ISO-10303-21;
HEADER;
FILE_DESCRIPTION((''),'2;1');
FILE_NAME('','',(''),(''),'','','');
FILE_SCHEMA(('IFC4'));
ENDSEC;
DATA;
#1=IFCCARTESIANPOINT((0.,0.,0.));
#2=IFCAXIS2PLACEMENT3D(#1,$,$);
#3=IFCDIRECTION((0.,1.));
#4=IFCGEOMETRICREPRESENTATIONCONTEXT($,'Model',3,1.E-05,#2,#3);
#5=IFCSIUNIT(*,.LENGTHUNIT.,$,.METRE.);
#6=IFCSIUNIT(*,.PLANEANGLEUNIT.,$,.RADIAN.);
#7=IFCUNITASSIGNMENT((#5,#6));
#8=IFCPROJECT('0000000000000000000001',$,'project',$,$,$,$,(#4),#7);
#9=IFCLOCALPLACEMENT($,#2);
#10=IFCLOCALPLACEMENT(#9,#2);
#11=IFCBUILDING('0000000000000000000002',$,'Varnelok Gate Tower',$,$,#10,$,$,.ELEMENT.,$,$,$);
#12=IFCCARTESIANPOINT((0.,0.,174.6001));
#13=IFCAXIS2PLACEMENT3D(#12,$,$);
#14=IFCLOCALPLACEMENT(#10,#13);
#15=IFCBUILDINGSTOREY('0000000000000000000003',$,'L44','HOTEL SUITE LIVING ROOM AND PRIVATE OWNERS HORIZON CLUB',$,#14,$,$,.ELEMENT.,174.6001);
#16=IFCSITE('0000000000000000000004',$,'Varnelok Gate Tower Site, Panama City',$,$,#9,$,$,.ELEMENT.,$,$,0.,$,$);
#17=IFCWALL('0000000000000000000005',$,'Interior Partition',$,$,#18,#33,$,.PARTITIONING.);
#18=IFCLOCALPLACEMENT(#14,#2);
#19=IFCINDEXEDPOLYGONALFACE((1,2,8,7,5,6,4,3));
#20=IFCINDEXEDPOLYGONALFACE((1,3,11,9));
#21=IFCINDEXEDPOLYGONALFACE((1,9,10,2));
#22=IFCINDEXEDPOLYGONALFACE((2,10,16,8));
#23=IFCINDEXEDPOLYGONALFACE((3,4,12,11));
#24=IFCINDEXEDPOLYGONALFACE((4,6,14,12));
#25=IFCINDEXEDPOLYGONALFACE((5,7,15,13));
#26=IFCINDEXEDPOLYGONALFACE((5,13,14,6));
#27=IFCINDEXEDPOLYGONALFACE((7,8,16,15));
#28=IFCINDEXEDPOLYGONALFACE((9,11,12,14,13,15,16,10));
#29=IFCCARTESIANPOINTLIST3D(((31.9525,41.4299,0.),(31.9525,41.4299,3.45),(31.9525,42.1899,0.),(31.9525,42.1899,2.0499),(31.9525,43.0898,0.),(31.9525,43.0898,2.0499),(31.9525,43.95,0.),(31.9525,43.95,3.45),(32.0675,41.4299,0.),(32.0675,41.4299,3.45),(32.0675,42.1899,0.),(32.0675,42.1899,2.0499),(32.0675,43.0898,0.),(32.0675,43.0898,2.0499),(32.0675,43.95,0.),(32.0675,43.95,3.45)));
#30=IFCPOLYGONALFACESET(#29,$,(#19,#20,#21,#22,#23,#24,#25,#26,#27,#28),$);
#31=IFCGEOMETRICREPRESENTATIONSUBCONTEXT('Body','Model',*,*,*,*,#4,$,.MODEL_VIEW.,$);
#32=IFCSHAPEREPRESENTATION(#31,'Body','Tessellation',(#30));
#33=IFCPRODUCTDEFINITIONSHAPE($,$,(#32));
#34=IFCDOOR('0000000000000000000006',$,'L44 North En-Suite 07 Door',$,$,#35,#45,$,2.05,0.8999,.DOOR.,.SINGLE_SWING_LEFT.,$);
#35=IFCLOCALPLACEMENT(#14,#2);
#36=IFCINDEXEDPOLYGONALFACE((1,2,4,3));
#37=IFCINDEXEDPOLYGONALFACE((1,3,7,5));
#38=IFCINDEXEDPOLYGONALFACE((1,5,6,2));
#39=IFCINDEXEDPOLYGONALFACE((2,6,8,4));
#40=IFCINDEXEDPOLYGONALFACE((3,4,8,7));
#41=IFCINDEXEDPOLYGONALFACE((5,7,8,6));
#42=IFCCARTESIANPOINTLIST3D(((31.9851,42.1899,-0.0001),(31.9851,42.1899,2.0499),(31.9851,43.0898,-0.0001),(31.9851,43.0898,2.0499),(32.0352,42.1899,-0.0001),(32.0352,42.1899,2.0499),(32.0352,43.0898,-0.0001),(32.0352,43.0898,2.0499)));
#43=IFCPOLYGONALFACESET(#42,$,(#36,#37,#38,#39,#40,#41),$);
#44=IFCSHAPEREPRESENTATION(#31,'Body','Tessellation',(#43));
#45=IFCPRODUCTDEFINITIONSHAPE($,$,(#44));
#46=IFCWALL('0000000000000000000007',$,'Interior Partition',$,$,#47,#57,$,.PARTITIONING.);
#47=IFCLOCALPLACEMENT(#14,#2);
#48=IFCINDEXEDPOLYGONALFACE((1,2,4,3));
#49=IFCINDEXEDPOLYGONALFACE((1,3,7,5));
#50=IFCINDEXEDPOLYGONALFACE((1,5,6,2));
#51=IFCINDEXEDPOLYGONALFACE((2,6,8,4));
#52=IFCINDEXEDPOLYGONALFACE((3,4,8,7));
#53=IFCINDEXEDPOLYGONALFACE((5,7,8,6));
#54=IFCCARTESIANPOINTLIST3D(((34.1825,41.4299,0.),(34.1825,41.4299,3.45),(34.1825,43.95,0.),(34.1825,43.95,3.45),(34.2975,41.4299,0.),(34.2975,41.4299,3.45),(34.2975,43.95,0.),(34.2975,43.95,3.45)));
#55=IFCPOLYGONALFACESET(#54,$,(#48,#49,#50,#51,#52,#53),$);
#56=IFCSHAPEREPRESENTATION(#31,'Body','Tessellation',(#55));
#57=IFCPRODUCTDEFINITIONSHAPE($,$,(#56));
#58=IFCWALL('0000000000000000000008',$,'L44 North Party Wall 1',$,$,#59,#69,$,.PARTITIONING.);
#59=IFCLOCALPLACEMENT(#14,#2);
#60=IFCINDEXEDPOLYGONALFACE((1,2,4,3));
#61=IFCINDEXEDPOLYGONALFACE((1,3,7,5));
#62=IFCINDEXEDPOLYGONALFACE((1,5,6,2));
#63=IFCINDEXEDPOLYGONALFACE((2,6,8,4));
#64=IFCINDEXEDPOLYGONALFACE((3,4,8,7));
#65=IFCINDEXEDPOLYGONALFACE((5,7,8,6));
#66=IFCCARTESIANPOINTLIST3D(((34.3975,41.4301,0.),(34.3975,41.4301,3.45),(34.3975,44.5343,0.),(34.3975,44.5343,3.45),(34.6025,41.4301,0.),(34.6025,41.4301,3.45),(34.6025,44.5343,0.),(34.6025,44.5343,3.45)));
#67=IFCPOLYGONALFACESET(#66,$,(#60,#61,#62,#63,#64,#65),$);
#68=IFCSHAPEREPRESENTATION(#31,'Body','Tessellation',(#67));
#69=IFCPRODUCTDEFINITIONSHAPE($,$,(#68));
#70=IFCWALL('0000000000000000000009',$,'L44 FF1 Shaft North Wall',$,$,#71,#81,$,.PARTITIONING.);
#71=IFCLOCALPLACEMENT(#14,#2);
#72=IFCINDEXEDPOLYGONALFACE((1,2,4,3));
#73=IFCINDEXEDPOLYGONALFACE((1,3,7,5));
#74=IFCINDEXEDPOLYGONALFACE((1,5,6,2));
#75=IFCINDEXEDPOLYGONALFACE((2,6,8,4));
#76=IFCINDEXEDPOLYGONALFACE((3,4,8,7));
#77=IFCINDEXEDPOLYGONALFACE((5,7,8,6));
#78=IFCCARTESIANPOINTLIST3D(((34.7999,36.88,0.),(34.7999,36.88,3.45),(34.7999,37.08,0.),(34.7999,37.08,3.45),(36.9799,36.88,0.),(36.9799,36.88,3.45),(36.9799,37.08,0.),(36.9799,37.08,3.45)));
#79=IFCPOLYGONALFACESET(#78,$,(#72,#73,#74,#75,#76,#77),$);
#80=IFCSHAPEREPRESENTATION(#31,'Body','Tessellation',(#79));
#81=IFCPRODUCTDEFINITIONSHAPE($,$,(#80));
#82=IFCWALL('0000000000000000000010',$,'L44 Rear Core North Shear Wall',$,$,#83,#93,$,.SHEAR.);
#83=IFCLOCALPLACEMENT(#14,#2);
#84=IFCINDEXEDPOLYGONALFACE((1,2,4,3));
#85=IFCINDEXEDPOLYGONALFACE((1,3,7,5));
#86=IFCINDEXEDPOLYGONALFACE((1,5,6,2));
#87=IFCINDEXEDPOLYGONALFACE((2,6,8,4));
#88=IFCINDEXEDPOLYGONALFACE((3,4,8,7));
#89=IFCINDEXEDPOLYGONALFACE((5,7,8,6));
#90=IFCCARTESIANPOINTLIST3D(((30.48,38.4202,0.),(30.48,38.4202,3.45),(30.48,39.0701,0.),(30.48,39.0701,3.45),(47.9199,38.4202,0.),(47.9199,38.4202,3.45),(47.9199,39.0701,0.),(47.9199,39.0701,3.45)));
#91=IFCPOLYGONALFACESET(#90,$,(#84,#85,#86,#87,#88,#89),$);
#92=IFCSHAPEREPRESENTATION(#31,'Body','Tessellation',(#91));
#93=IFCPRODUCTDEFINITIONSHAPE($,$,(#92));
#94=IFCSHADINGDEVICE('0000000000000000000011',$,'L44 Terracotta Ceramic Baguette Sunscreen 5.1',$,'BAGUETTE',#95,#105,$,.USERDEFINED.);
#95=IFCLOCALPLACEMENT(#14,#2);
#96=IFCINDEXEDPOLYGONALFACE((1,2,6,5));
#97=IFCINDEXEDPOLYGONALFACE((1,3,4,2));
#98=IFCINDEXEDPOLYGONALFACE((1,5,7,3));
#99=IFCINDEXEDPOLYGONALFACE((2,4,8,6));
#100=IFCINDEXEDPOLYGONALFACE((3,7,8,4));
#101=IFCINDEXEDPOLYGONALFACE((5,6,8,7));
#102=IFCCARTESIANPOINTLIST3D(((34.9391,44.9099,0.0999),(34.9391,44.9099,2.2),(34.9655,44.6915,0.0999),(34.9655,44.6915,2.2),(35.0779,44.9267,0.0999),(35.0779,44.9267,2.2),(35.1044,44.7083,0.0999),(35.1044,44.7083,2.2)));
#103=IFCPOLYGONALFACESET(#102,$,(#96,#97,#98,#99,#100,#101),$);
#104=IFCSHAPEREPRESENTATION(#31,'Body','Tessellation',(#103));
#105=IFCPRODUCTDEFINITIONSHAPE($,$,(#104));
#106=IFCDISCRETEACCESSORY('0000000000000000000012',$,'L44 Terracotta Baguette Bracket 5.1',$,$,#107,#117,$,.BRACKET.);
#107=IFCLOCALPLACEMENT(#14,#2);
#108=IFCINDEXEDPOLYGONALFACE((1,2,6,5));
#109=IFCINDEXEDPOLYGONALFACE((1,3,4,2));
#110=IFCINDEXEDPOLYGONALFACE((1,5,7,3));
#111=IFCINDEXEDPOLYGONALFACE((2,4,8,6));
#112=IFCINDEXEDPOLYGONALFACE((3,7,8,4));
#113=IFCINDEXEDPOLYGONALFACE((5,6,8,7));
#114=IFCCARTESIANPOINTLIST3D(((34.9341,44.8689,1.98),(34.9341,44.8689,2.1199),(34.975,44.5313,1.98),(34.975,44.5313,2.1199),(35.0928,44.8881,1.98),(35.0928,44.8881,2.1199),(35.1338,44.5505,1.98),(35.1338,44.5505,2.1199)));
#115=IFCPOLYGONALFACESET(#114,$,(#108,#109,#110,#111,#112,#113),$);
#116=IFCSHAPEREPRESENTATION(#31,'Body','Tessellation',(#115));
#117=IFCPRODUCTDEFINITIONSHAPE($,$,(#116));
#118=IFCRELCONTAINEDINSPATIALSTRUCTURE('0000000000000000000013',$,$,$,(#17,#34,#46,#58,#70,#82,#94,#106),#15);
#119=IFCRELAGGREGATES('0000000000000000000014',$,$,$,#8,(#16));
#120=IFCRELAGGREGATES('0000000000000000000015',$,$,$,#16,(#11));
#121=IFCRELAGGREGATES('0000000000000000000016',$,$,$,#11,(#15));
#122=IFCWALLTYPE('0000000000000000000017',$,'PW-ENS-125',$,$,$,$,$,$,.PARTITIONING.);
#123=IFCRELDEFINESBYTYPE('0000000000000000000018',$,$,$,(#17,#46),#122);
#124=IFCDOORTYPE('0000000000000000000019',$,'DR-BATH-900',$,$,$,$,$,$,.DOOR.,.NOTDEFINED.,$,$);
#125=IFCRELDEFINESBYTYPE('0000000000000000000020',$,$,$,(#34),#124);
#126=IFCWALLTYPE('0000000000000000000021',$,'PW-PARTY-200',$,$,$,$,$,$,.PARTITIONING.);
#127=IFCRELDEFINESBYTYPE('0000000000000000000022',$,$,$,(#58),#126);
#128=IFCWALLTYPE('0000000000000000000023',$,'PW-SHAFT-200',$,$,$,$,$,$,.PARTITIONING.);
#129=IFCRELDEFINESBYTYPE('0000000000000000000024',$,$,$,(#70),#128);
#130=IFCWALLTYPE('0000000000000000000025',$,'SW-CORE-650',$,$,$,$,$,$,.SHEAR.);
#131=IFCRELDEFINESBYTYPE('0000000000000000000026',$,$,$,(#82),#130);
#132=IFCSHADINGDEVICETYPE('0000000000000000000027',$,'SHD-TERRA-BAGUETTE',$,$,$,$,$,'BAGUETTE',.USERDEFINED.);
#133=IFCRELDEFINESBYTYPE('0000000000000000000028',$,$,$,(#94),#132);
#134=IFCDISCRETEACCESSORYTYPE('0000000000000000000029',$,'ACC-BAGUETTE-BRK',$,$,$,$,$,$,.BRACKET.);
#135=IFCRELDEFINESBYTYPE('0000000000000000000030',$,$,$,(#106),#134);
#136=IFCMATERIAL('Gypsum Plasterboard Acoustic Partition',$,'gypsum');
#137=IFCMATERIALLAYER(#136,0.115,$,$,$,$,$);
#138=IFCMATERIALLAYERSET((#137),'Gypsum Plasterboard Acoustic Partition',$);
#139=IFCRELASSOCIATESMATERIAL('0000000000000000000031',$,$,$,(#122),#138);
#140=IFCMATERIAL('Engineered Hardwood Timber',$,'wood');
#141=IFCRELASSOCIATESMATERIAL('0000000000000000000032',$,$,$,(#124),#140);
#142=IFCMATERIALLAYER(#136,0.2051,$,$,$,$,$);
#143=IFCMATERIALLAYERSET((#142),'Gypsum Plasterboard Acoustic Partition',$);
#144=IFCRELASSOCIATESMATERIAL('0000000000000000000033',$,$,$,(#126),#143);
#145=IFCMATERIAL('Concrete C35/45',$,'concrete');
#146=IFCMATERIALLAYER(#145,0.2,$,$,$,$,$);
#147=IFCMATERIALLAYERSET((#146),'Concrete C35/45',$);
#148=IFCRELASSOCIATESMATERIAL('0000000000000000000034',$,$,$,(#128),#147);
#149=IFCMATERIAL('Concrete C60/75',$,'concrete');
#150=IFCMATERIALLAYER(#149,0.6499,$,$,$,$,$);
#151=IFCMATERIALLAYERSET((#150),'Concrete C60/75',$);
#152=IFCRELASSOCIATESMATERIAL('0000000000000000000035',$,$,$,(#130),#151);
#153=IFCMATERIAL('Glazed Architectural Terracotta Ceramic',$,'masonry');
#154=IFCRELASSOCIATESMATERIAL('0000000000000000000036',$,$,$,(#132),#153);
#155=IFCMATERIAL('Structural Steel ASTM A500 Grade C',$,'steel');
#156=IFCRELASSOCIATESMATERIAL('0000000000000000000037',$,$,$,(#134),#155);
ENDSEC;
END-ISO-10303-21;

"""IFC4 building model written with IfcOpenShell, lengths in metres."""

from ifc_helpers import new_model, si_unit, direction, frame, frame_2d, origin, origin_2d, place, context, subcontext, project, spatial, rectangle, extrude, source, transform, mapped, material, layer, layer_set, type_object, element, fill, save


model = new_model("IFC4")

# Units and contexts
model_context = context("Model", 3, precision=1e-05, world=origin(), true_north=direction((0.0, 1.0)))
body_context = subcontext(model_context, "Body", "Model", "MODEL_VIEW")
ifc_project = project(units=[si_unit("LENGTHUNIT", "METRE"), si_unit("PLANEANGLEUNIT", "RADIAN")], contexts=[model_context])

# Site, building, storey
site_placement = place(None, origin())
site = spatial("IfcSite", under=ifc_project, at=site_placement, Name="Varnelok Gate Tower Site, Panama City", CompositionType="ELEMENT", RefElevation=0.0)
building_placement = place(site_placement, origin())
building = spatial("IfcBuilding", under=site, at=building_placement, Name="Varnelok Gate Tower", CompositionType="ELEMENT")
storey_placement = place(building_placement, frame((0.0, 0.0, 174.6001)))
storey = spatial("IfcBuildingStorey", under=building, at=storey_placement, Name="L44", Description="HOTEL SUITE LIVING ROOM AND PRIVATE OWNERS HORIZON CLUB", CompositionType="ELEMENT", Elevation=174.6001)

# Shared definitions
ifc_material_1 = material(Name="Concrete C60/75", Category="concrete")

# Shared definitions
ifc_material_2 = material(Name="Gypsum Plasterboard Acoustic Partition", Category="gypsum")
ifc_material_3 = material(Name="Engineered Hardwood Timber", Category="wood")

# Shared definitions
ifc_layer_1 = layer(ifc_material_2, 0.115)
ifc_layer_set_1 = layer_set([ifc_layer_1], Name="Gypsum Plasterboard Acoustic Partition")
wall_type_1 = type_object("IfcWallType", Name="PW-ENS-125", PredefinedType="PARTITIONING", material=ifc_layer_set_1)

# Wall, opening, door
wall_1_placement = place(storey_placement, frame((32.01, 41.4299, 0.0), z_axis=(0.0, 0.0, 1.0), x_axis=(0.0, 1.0, 0.0)))
wall_1 = element("IfcWall", 1, at=wall_1_placement, inside=storey, type_object=wall_type_1, Name="Interior Partition", PredefinedType="PARTITIONING", context=body_context, shape_type="SweptSolid", body=[
    extrude(rectangle(XDim=2.52, YDim=0.115, at=frame_2d((1.26, 0.0))), origin(), (0.0, 0.0, 1.0), 3.45),
])
opening_1_placement = place(wall_1_placement, frame((0.76, 0.0, 0.0)))
opening_1 = element("IfcOpeningElement", 2, at=opening_1_placement, cuts=wall_1, PredefinedType="OPENING", context=body_context, shape_type="SweptSolid", body=[
    extrude(rectangle(XDim=0.8999, YDim=2.05, at=frame_2d((0.45, 1.0249))), frame((0.0, 0.0674, 0.0), z_axis=(0.0, -1.0, 0.0), x_axis=(1.0, 0.0, 0.0)), (0.0, 0.0, 1.0), 0.135),
])
door_type_1 = type_object("IfcDoorType", Name="DR-BATH-900", OperationType="NOTDEFINED", PredefinedType="DOOR", material=ifc_material_3)
door_1_placement = place(opening_1_placement, origin())
door_1 = element("IfcDoor", 3, at=door_1_placement, inside=storey, type_object=door_type_1, Name="L44 North En-Suite 07 Door", OperationType="SINGLE_SWING_LEFT", OverallHeight=2.05, OverallWidth=0.8999, PredefinedType="DOOR", context=body_context, shape_type="SweptSolid", body=[
    extrude(rectangle(XDim=0.8999, YDim=2.05, at=frame_2d((0.45, 1.0249))), frame((0.0, 0.0249, 0.0), z_axis=(0.0, -1.0, 0.0), x_axis=(1.0, 0.0, 0.0)), (0.0, 0.0, 1.0), 0.05),
])
fill(opening_1, door_1)

# Walls
wall_2_placement = place(storey_placement, frame((34.24, 41.4299, 0.0), z_axis=(0.0, 0.0, 1.0), x_axis=(0.0, 1.0, 0.0)))
element("IfcWall", 4, at=wall_2_placement, inside=storey, type_object=wall_type_1, Name="Interior Partition", PredefinedType="PARTITIONING", context=body_context, shape_type="SweptSolid", body=[
    extrude(rectangle(XDim=2.52, YDim=0.115, at=frame_2d((1.26, 0.0))), origin(), (0.0, 0.0, 1.0), 3.45),
])
ifc_layer_2 = layer(ifc_material_2, 0.2051)
ifc_layer_set_2 = layer_set([ifc_layer_2], Name="Gypsum Plasterboard Acoustic Partition")
wall_type_2 = type_object("IfcWallType", Name="PW-PARTY-200", PredefinedType="PARTITIONING", material=ifc_layer_set_2)
wall_3_placement = place(storey_placement, frame((34.5, 41.4299, 0.0), z_axis=(0.0, 0.0, 1.0), x_axis=(0.0, 1.0, 0.0)))
element("IfcWall", 5, at=wall_3_placement, inside=storey, type_object=wall_type_2, Name="L44 North Party Wall 1", PredefinedType="PARTITIONING", context=body_context, shape_type="SweptSolid", body=[
    extrude(rectangle(XDim=3.1042, YDim=0.2051, at=frame_2d((1.5522, 0.0))), origin(), (0.0, 0.0, 1.0), 3.45),
])
ifc_material_4 = material(Name="Concrete C35/45", Category="concrete")
ifc_layer_3 = layer(ifc_material_4, 0.2)
ifc_layer_set_3 = layer_set([ifc_layer_3], Name="Concrete C35/45")
wall_type_3 = type_object("IfcWallType", Name="PW-SHAFT-200", PredefinedType="PARTITIONING", material=ifc_layer_set_3)
wall_4_placement = place(storey_placement, frame((34.8, 36.98, 0.0), z_axis=(0.0, 0.0, 1.0), x_axis=(1.0, 0.0, 0.0)))
element("IfcWall", 6, at=wall_4_placement, inside=storey, type_object=wall_type_3, Name="L44 FF1 Shaft North Wall", PredefinedType="PARTITIONING", context=body_context, shape_type="SweptSolid", body=[
    extrude(rectangle(XDim=2.1799, YDim=0.2, at=frame_2d((1.0898, 0.0))), origin(), (0.0, 0.0, 1.0), 3.45),
])
ifc_layer_4 = layer(ifc_material_1, 0.6499)
ifc_layer_set_4 = layer_set([ifc_layer_4], Name="Concrete C60/75")
wall_type_4 = type_object("IfcWallType", Name="SW-CORE-650", PredefinedType="SHEAR", material=ifc_layer_set_4)
wall_5_placement = place(storey_placement, frame((30.48, 38.7451, 0.0), z_axis=(0.0, 0.0, 1.0), x_axis=(1.0, 0.0, 0.0)))
element("IfcWall", 7, at=wall_5_placement, inside=storey, type_object=wall_type_4, Name="L44 Rear Core North Shear Wall", PredefinedType="SHEAR", context=body_context, shape_type="SweptSolid", body=[
    extrude(rectangle(XDim=17.4399, YDim=0.6499, at=frame_2d((8.72, 0.0))), origin(), (0.0, 0.0, 1.0), 3.45),
])

# Shading device
ifc_material_5 = material(Name="Glazed Architectural Terracotta Ceramic", Category="masonry")
shading_device_type = type_object("IfcShadingDeviceType", Name="SHD-TERRA-BAGUETTE", ElementType="BAGUETTE", PredefinedType="USERDEFINED", material=ifc_material_5)
shared_shape_1 = source(origin(), body_context, "Body", "SweptSolid", [
    extrude(rectangle(XDim=0.1399, YDim=0.22, at=origin_2d()), origin(), (0.0, 0.0, 1.0), 2.1001),
])
shading_device_placement = place(storey_placement, frame((35.0217, 44.8091, 0.0999), z_axis=(0.0, 0.0, 1.0), x_axis=(0.992732, 0.120345, 0.0)))
element("IfcShadingDevice", 8, at=shading_device_placement, inside=storey, type_object=shading_device_type, Name="L44 Terracotta Ceramic Baguette Sunscreen 5.1", ObjectType="BAGUETTE", PredefinedType="USERDEFINED", context=body_context, shape_type="MappedRepresentation", body=[
    mapped(shared_shape_1, transform((0.0, 0.0, 0.0), scale=1.0)),
])

# Discrete accessory
ifc_material_6 = material(Name="Structural Steel ASTM A500 Grade C", Category="steel")
discrete_accessory_type = type_object("IfcDiscreteAccessoryType", Name="ACC-BAGUETTE-BRK", PredefinedType="BRACKET", material=ifc_material_6)
shared_shape_2 = source(origin(), body_context, "Body", "SweptSolid", [
    extrude(rectangle(XDim=0.1599, YDim=0.3401, at=origin_2d()), origin(), (0.0, 0.0, 1.0), 0.1399),
])
discrete_accessory_placement = place(storey_placement, frame((35.0339, 44.7097, 1.98), z_axis=(0.0, 0.0, 1.0), x_axis=(0.992732, 0.120345, 0.0)))
element("IfcDiscreteAccessory", 9, at=discrete_accessory_placement, inside=storey, type_object=discrete_accessory_type, Name="L44 Terracotta Baguette Bracket 5.1", PredefinedType="BRACKET", context=body_context, shape_type="MappedRepresentation", body=[
    mapped(shared_shape_2, transform((0.0, 0.0, 0.0), scale=1.0)),
])

save(model, "model.ifc")
